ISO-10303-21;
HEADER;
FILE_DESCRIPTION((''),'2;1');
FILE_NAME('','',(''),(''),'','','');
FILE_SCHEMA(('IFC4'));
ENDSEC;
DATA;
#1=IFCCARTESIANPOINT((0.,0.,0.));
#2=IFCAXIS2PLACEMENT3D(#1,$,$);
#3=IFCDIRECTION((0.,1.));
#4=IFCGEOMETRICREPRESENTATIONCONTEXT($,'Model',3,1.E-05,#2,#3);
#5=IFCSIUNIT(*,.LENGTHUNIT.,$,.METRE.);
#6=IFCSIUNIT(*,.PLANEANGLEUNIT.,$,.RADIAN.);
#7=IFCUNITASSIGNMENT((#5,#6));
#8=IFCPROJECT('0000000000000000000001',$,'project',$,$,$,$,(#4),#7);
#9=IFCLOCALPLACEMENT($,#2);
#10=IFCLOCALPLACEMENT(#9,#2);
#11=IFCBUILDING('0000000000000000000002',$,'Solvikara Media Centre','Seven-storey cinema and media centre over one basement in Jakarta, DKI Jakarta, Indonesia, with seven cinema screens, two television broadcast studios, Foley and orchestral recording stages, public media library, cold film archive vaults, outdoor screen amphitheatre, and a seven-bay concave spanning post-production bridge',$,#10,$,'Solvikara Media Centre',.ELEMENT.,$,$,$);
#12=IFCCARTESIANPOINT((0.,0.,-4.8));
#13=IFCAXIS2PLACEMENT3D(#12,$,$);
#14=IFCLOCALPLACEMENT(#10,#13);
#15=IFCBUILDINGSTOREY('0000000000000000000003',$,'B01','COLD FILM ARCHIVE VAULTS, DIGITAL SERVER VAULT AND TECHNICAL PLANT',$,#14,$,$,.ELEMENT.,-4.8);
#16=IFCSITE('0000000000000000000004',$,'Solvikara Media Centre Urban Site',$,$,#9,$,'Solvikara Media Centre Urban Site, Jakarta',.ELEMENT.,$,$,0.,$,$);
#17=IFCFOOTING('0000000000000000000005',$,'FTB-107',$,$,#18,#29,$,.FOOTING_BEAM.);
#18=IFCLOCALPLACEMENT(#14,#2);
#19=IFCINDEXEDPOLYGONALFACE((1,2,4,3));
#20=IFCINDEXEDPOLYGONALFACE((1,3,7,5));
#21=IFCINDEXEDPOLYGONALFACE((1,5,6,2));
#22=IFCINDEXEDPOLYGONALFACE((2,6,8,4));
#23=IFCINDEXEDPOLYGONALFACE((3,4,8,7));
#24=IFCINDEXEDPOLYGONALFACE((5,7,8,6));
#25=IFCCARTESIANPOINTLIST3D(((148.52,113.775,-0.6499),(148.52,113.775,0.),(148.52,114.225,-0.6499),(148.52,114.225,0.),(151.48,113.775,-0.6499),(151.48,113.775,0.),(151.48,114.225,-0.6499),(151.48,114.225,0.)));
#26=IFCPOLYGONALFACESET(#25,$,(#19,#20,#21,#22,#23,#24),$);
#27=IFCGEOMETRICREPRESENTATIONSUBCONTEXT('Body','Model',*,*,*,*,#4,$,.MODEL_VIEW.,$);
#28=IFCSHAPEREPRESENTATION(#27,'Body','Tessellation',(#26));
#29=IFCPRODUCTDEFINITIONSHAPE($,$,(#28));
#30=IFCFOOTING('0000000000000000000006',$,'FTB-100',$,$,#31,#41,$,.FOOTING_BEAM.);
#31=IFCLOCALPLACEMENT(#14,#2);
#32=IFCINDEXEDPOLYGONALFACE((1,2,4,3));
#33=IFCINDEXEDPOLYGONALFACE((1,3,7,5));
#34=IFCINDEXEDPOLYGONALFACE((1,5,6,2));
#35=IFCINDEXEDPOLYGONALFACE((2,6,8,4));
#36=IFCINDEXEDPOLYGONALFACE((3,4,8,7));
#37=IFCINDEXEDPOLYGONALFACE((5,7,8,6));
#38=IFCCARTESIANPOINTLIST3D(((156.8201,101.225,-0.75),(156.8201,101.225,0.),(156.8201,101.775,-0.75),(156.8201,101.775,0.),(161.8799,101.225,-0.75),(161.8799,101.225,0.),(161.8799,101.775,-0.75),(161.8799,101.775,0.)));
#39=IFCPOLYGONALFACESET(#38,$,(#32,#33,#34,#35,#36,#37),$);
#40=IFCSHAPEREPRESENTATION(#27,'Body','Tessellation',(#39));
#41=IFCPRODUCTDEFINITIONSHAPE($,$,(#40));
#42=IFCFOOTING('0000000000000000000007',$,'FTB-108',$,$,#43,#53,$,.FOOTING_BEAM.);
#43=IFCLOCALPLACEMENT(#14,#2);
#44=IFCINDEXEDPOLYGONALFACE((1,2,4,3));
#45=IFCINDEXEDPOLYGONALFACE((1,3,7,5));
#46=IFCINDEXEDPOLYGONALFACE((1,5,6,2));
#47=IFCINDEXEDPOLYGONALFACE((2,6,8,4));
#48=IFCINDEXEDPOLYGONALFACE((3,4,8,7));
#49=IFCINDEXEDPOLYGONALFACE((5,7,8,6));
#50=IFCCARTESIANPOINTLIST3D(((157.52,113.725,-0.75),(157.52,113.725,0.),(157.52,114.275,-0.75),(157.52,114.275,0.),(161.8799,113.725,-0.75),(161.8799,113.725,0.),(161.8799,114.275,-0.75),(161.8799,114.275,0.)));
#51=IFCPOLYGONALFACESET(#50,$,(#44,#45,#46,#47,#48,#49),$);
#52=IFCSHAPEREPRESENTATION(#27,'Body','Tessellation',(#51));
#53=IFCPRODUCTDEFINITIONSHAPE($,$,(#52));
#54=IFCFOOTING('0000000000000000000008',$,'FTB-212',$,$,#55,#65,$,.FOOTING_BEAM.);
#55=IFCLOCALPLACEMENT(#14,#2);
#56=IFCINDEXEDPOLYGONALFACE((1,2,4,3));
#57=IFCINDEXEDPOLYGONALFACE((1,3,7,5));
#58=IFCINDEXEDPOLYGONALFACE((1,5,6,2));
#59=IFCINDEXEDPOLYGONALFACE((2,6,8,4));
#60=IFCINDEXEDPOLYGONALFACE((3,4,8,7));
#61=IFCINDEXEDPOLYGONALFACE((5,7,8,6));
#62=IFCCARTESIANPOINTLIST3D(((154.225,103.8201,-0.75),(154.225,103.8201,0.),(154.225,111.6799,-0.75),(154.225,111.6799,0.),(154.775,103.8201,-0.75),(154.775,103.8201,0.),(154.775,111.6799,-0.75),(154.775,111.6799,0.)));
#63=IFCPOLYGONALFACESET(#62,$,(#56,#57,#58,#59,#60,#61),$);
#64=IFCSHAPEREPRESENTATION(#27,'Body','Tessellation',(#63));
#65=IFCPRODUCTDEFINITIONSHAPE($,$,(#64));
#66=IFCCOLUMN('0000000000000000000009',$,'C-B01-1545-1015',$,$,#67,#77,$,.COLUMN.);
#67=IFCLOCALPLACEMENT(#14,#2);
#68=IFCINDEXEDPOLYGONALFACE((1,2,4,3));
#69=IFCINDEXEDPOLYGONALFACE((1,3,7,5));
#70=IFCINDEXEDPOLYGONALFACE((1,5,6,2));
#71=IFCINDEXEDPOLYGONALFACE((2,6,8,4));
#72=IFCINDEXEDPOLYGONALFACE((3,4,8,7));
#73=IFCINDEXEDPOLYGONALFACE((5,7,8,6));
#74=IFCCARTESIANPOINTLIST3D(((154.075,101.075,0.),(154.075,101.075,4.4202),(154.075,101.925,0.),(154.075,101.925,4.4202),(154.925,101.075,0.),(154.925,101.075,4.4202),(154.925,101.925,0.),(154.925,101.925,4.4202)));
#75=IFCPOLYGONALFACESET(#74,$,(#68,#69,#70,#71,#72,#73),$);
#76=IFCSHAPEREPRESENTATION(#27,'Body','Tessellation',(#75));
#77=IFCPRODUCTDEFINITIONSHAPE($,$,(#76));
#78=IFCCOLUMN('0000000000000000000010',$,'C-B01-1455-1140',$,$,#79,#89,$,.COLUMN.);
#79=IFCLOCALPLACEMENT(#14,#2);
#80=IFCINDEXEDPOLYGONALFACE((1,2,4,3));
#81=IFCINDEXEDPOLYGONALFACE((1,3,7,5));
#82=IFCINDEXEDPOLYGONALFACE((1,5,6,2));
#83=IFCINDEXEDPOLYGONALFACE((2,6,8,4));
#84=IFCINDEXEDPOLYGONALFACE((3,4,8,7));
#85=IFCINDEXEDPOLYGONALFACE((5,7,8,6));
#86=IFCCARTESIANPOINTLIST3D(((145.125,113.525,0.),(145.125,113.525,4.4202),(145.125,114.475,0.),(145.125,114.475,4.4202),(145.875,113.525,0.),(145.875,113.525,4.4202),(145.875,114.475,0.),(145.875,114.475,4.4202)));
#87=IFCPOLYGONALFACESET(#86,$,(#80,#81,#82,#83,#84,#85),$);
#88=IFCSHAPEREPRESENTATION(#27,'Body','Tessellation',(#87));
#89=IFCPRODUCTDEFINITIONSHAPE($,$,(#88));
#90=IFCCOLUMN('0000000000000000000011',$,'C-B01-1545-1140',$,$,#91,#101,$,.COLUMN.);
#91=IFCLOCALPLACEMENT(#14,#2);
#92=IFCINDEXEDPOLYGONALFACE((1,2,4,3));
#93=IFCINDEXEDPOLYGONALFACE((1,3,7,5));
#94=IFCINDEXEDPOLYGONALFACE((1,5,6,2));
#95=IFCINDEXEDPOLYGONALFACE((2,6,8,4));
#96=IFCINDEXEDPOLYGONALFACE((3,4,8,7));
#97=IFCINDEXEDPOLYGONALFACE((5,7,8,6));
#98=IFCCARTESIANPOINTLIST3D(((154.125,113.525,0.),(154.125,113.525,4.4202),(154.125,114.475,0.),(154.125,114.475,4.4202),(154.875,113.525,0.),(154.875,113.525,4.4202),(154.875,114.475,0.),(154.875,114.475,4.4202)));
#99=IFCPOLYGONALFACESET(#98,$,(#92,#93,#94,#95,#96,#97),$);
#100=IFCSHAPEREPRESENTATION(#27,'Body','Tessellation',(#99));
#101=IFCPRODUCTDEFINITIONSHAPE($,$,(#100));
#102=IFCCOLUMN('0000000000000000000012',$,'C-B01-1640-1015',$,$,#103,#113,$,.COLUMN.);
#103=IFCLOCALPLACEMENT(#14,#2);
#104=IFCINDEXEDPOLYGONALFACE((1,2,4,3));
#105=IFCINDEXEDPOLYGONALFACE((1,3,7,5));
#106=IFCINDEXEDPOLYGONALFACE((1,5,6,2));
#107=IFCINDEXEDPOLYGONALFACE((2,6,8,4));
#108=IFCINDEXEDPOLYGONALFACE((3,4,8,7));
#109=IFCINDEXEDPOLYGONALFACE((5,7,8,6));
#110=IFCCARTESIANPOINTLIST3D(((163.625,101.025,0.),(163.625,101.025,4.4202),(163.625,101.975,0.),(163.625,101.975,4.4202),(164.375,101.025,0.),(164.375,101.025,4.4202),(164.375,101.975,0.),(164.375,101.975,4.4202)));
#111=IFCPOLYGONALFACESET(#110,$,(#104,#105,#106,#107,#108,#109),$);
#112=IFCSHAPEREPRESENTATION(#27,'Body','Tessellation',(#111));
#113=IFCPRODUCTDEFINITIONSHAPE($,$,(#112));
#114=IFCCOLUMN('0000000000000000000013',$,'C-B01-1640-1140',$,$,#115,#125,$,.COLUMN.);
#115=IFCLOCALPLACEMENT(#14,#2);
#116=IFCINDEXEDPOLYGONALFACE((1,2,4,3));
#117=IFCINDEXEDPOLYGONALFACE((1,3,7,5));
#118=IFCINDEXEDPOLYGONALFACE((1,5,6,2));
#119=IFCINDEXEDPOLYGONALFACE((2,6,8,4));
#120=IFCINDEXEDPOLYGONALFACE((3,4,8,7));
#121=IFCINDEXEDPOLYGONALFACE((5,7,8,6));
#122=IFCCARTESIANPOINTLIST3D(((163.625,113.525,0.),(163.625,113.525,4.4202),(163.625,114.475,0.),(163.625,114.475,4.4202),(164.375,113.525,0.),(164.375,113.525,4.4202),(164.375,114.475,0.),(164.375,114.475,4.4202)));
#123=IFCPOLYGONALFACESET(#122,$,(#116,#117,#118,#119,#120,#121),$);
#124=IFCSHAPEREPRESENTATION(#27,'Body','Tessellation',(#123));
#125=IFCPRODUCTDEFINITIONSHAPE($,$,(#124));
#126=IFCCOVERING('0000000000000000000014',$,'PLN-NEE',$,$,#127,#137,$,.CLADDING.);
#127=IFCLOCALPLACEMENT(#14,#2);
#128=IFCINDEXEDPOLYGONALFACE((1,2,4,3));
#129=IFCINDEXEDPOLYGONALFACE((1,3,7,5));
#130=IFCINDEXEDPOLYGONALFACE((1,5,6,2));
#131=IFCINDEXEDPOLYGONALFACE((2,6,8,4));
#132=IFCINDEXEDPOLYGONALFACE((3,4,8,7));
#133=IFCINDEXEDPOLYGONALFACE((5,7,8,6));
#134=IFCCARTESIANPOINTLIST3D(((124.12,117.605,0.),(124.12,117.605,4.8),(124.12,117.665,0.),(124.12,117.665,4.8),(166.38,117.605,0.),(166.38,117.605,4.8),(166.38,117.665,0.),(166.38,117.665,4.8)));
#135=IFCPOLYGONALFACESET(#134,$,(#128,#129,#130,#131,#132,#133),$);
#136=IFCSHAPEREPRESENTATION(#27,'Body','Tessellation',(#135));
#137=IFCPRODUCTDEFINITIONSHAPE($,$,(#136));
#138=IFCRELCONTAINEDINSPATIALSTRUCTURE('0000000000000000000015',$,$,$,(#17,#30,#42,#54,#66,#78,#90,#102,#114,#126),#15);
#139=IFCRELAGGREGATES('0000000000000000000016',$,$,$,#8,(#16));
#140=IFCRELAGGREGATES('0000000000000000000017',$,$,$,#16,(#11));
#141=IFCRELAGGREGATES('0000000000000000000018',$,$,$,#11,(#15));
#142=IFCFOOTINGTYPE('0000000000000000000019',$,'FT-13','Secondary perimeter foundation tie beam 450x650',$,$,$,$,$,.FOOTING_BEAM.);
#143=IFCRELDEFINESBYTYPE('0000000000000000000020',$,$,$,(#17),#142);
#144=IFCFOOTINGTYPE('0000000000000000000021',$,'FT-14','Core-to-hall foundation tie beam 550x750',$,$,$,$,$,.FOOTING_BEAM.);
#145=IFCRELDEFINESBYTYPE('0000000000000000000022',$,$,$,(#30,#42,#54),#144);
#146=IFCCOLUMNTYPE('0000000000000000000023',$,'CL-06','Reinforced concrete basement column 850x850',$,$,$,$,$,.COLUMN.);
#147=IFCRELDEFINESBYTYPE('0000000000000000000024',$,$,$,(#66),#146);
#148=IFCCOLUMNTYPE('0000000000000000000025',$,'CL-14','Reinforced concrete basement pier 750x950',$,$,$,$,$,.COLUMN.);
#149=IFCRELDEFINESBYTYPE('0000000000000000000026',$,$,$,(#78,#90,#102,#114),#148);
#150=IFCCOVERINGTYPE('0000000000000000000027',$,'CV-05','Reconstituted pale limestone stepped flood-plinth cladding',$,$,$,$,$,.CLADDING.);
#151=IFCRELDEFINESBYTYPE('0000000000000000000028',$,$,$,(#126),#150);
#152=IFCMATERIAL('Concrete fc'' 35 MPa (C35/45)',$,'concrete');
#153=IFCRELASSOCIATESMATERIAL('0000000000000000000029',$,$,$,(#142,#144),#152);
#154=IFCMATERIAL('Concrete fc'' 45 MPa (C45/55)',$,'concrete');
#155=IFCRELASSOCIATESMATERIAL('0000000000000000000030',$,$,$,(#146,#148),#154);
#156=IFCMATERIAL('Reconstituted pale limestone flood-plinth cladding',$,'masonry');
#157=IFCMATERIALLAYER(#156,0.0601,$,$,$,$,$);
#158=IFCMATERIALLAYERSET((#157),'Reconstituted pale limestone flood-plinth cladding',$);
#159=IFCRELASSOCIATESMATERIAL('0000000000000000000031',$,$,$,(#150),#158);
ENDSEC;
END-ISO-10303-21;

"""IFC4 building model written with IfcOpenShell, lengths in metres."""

from ifc_helpers import new_model, si_unit, direction, frame, origin, origin_2d, place, context, subcontext, project, spatial, rectangle, extrude, material, layer, layer_set, material_profile, profile_set, type_object, element, save


model = new_model("IFC4")

# Units and contexts
model_context = context("Model", 3, precision=1e-05, world=origin(), true_north=direction((0.0, 1.0)))
body_context = subcontext(model_context, "Body", "Model", "MODEL_VIEW")
ifc_project = project(units=[si_unit("LENGTHUNIT", "METRE"), si_unit("PLANEANGLEUNIT", "RADIAN")], contexts=[model_context])

# Site, building, storey
site_placement = place(None, origin())
site = spatial("IfcSite", under=ifc_project, at=site_placement, Name="Solvikara Media Centre Urban Site", LongName="Solvikara Media Centre Urban Site, Jakarta", CompositionType="ELEMENT", RefElevation=0.0)
building_placement = place(site_placement, origin())
building = spatial("IfcBuilding", under=site, at=building_placement, Name="Solvikara Media Centre", Description="Seven-storey cinema and media centre over one basement in Jakarta, DKI Jakarta, Indonesia, with seven cinema screens, two television broadcast studios, Foley and orchestral recording stages, public media library, cold film archive vaults, outdoor screen amphitheatre, and a seven-bay concave spanning post-production bridge", LongName="Solvikara Media Centre", CompositionType="ELEMENT")
storey_placement = place(building_placement, frame((0.0, 0.0, -4.8)))
storey = spatial("IfcBuildingStorey", under=building, at=storey_placement, Name="B01", Description="COLD FILM ARCHIVE VAULTS, DIGITAL SERVER VAULT AND TECHNICAL PLANT", CompositionType="ELEMENT", Elevation=-4.8)

# Shared definitions
ifc_material_1 = material(Name="Concrete fc' 35 MPa (C35/45)", Category="concrete")

# Footings
ifc_material_profile_1 = material_profile(ifc_material_1, rectangle(XDim=0.45, YDim=0.6499, at=origin_2d()), Name="RC 450x650")
ifc_profile_set_1 = profile_set([ifc_material_profile_1], Name="Concrete fc' 35 MPa (C35/45)")
footing_type_1 = type_object("IfcFootingType", Name="FT-13", Description="Secondary perimeter foundation tie beam 450x650", PredefinedType="FOOTING_BEAM", material=ifc_profile_set_1)
footing_1_placement = place(storey_placement, frame((148.52, 114.0, -0.325), z_axis=(1.0, 0.0, 0.0), x_axis=(0.0, 1.0, 0.0)))
element("IfcFooting", 1, at=footing_1_placement, inside=storey, type_object=footing_type_1, Name="FTB-107", PredefinedType="FOOTING_BEAM", context=body_context, shape_type="SweptSolid", body=[
    extrude(rectangle(XDim=0.45, YDim=0.6499, at=origin_2d()), origin(), (0.0, 0.0, 1.0), 2.96),
])
ifc_material_profile_2 = material_profile(ifc_material_1, rectangle(XDim=0.55, YDim=0.75, at=origin_2d()), Name="RC 550x750")
ifc_profile_set_2 = profile_set([ifc_material_profile_2], Name="Concrete fc' 35 MPa (C35/45)")
footing_type_2 = type_object("IfcFootingType", Name="FT-14", Description="Core-to-hall foundation tie beam 550x750", PredefinedType="FOOTING_BEAM", material=ifc_profile_set_2)
footing_2_placement = place(storey_placement, frame((156.8201, 101.5, -0.375), z_axis=(1.0, 0.0, 0.0), x_axis=(0.0, 1.0, 0.0)))
element("IfcFooting", 2, at=footing_2_placement, inside=storey, type_object=footing_type_2, Name="FTB-100", PredefinedType="FOOTING_BEAM", context=body_context, shape_type="SweptSolid", body=[
    extrude(rectangle(XDim=0.55, YDim=0.75, at=origin_2d()), origin(), (0.0, 0.0, 1.0), 5.0598),
])
footing_3_placement = place(storey_placement, frame((157.52, 114.0, -0.375), z_axis=(1.0, 0.0, 0.0), x_axis=(0.0, 1.0, 0.0)))
element("IfcFooting", 3, at=footing_3_placement, inside=storey, type_object=footing_type_2, Name="FTB-108", PredefinedType="FOOTING_BEAM", context=body_context, shape_type="SweptSolid", body=[
    extrude(rectangle(XDim=0.55, YDim=0.75, at=origin_2d()), origin(), (0.0, 0.0, 1.0), 4.3599),
])
footing_4_placement = place(storey_placement, frame((154.5, 103.8201, -0.375), z_axis=(0.0, 1.0, 0.0), x_axis=(-1.0, 0.0, 0.0)))
element("IfcFooting", 4, at=footing_4_placement, inside=storey, type_object=footing_type_2, Name="FTB-212", PredefinedType="FOOTING_BEAM", context=body_context, shape_type="SweptSolid", body=[
    extrude(rectangle(XDim=0.55, YDim=0.75, at=origin_2d()), origin(), (0.0, 0.0, 1.0), 7.8599),
])

# Columns
ifc_material_2 = material(Name="Concrete fc' 45 MPa (C45/55)", Category="concrete")
ifc_material_profile_3 = material_profile(ifc_material_2, rectangle(XDim=0.8501, YDim=0.8501, at=origin_2d()), Name="RC 850x850")
ifc_profile_set_3 = profile_set([ifc_material_profile_3], Name="Concrete fc' 45 MPa (C45/55)")
column_type_1 = type_object("IfcColumnType", Name="CL-06", Description="Reinforced concrete basement column 850x850", PredefinedType="COLUMN", material=ifc_profile_set_3)
column_placement = place(storey_placement, frame((154.5, 101.5, 0.0), z_axis=(0.0, 0.0, 1.0), x_axis=(1.0, 0.0, 0.0)))
element("IfcColumn", 5, at=column_placement, inside=storey, type_object=column_type_1, Name="C-B01-1545-1015", PredefinedType="COLUMN", context=body_context, shape_type="SweptSolid", body=[
    extrude(rectangle(XDim=0.8501, YDim=0.8501, at=origin_2d()), origin(), (0.0, 0.0, 1.0), 4.4202),
])
ifc_material_profile_4 = material_profile(ifc_material_2, rectangle(XDim=0.75, YDim=0.95, at=origin_2d()), Name="RC 750x950")
ifc_profile_set_4 = profile_set([ifc_material_profile_4], Name="Concrete fc' 45 MPa (C45/55)")
column_type_2 = type_object("IfcColumnType", Name="CL-14", Description="Reinforced concrete basement pier 750x950", PredefinedType="COLUMN", material=ifc_profile_set_4)
for number, where, z_axis, x_axis, name in (
    (6, (145.5, 114.0, 0.0), (0.0, 0.0, 1.0), (1.0, 0.0, 0.0), "C-B01-1455-1140"),
    (7, (154.5, 114.0, 0.0), (0.0, 0.0, 1.0), (1.0, 0.0, 0.0), "C-B01-1545-1140"),
    (8, (164.0, 101.5, 0.0), (0.0, 0.0, 1.0), (1.0, 0.0, 0.0), "C-B01-1640-1015"),
    (9, (164.0, 114.0, 0.0), (0.0, 0.0, 1.0), (1.0, 0.0, 0.0), "C-B01-1640-1140"),
):
    element("IfcColumn", number, at=place(storey_placement, frame(where, z_axis=z_axis, x_axis=x_axis)), inside=storey, type_object=column_type_2, Name=name, PredefinedType="COLUMN", context=body_context, shape_type="SweptSolid", body=[
        extrude(rectangle(XDim=0.75, YDim=0.95, at=origin_2d()), origin(), (0.0, 0.0, 1.0), 4.4202),
    ])

# Covering
ifc_material_3 = material(Name="Reconstituted pale limestone flood-plinth cladding", Category="masonry")
ifc_layer = layer(ifc_material_3, 0.0601)
ifc_layer_set = layer_set([ifc_layer], Name="Reconstituted pale limestone flood-plinth cladding")
covering_type = type_object("IfcCoveringType", Name="CV-05", Description="Reconstituted pale limestone stepped flood-plinth cladding", PredefinedType="CLADDING", material=ifc_layer_set)
covering_placement = place(storey_placement, frame((145.25, 117.635, 0.0), z_axis=(0.0, 0.0, 1.0), x_axis=(1.0, 0.0, 0.0)))
element("IfcCovering", 10, at=covering_placement, inside=storey, type_object=covering_type, Name="PLN-NEE", PredefinedType="CLADDING", context=body_context, shape_type="SweptSolid", body=[
    extrude(rectangle(XDim=42.26, YDim=0.0601, at=origin_2d()), origin(), (0.0, 0.0, 1.0), 4.8),
])

save(model, "model.ifc")
